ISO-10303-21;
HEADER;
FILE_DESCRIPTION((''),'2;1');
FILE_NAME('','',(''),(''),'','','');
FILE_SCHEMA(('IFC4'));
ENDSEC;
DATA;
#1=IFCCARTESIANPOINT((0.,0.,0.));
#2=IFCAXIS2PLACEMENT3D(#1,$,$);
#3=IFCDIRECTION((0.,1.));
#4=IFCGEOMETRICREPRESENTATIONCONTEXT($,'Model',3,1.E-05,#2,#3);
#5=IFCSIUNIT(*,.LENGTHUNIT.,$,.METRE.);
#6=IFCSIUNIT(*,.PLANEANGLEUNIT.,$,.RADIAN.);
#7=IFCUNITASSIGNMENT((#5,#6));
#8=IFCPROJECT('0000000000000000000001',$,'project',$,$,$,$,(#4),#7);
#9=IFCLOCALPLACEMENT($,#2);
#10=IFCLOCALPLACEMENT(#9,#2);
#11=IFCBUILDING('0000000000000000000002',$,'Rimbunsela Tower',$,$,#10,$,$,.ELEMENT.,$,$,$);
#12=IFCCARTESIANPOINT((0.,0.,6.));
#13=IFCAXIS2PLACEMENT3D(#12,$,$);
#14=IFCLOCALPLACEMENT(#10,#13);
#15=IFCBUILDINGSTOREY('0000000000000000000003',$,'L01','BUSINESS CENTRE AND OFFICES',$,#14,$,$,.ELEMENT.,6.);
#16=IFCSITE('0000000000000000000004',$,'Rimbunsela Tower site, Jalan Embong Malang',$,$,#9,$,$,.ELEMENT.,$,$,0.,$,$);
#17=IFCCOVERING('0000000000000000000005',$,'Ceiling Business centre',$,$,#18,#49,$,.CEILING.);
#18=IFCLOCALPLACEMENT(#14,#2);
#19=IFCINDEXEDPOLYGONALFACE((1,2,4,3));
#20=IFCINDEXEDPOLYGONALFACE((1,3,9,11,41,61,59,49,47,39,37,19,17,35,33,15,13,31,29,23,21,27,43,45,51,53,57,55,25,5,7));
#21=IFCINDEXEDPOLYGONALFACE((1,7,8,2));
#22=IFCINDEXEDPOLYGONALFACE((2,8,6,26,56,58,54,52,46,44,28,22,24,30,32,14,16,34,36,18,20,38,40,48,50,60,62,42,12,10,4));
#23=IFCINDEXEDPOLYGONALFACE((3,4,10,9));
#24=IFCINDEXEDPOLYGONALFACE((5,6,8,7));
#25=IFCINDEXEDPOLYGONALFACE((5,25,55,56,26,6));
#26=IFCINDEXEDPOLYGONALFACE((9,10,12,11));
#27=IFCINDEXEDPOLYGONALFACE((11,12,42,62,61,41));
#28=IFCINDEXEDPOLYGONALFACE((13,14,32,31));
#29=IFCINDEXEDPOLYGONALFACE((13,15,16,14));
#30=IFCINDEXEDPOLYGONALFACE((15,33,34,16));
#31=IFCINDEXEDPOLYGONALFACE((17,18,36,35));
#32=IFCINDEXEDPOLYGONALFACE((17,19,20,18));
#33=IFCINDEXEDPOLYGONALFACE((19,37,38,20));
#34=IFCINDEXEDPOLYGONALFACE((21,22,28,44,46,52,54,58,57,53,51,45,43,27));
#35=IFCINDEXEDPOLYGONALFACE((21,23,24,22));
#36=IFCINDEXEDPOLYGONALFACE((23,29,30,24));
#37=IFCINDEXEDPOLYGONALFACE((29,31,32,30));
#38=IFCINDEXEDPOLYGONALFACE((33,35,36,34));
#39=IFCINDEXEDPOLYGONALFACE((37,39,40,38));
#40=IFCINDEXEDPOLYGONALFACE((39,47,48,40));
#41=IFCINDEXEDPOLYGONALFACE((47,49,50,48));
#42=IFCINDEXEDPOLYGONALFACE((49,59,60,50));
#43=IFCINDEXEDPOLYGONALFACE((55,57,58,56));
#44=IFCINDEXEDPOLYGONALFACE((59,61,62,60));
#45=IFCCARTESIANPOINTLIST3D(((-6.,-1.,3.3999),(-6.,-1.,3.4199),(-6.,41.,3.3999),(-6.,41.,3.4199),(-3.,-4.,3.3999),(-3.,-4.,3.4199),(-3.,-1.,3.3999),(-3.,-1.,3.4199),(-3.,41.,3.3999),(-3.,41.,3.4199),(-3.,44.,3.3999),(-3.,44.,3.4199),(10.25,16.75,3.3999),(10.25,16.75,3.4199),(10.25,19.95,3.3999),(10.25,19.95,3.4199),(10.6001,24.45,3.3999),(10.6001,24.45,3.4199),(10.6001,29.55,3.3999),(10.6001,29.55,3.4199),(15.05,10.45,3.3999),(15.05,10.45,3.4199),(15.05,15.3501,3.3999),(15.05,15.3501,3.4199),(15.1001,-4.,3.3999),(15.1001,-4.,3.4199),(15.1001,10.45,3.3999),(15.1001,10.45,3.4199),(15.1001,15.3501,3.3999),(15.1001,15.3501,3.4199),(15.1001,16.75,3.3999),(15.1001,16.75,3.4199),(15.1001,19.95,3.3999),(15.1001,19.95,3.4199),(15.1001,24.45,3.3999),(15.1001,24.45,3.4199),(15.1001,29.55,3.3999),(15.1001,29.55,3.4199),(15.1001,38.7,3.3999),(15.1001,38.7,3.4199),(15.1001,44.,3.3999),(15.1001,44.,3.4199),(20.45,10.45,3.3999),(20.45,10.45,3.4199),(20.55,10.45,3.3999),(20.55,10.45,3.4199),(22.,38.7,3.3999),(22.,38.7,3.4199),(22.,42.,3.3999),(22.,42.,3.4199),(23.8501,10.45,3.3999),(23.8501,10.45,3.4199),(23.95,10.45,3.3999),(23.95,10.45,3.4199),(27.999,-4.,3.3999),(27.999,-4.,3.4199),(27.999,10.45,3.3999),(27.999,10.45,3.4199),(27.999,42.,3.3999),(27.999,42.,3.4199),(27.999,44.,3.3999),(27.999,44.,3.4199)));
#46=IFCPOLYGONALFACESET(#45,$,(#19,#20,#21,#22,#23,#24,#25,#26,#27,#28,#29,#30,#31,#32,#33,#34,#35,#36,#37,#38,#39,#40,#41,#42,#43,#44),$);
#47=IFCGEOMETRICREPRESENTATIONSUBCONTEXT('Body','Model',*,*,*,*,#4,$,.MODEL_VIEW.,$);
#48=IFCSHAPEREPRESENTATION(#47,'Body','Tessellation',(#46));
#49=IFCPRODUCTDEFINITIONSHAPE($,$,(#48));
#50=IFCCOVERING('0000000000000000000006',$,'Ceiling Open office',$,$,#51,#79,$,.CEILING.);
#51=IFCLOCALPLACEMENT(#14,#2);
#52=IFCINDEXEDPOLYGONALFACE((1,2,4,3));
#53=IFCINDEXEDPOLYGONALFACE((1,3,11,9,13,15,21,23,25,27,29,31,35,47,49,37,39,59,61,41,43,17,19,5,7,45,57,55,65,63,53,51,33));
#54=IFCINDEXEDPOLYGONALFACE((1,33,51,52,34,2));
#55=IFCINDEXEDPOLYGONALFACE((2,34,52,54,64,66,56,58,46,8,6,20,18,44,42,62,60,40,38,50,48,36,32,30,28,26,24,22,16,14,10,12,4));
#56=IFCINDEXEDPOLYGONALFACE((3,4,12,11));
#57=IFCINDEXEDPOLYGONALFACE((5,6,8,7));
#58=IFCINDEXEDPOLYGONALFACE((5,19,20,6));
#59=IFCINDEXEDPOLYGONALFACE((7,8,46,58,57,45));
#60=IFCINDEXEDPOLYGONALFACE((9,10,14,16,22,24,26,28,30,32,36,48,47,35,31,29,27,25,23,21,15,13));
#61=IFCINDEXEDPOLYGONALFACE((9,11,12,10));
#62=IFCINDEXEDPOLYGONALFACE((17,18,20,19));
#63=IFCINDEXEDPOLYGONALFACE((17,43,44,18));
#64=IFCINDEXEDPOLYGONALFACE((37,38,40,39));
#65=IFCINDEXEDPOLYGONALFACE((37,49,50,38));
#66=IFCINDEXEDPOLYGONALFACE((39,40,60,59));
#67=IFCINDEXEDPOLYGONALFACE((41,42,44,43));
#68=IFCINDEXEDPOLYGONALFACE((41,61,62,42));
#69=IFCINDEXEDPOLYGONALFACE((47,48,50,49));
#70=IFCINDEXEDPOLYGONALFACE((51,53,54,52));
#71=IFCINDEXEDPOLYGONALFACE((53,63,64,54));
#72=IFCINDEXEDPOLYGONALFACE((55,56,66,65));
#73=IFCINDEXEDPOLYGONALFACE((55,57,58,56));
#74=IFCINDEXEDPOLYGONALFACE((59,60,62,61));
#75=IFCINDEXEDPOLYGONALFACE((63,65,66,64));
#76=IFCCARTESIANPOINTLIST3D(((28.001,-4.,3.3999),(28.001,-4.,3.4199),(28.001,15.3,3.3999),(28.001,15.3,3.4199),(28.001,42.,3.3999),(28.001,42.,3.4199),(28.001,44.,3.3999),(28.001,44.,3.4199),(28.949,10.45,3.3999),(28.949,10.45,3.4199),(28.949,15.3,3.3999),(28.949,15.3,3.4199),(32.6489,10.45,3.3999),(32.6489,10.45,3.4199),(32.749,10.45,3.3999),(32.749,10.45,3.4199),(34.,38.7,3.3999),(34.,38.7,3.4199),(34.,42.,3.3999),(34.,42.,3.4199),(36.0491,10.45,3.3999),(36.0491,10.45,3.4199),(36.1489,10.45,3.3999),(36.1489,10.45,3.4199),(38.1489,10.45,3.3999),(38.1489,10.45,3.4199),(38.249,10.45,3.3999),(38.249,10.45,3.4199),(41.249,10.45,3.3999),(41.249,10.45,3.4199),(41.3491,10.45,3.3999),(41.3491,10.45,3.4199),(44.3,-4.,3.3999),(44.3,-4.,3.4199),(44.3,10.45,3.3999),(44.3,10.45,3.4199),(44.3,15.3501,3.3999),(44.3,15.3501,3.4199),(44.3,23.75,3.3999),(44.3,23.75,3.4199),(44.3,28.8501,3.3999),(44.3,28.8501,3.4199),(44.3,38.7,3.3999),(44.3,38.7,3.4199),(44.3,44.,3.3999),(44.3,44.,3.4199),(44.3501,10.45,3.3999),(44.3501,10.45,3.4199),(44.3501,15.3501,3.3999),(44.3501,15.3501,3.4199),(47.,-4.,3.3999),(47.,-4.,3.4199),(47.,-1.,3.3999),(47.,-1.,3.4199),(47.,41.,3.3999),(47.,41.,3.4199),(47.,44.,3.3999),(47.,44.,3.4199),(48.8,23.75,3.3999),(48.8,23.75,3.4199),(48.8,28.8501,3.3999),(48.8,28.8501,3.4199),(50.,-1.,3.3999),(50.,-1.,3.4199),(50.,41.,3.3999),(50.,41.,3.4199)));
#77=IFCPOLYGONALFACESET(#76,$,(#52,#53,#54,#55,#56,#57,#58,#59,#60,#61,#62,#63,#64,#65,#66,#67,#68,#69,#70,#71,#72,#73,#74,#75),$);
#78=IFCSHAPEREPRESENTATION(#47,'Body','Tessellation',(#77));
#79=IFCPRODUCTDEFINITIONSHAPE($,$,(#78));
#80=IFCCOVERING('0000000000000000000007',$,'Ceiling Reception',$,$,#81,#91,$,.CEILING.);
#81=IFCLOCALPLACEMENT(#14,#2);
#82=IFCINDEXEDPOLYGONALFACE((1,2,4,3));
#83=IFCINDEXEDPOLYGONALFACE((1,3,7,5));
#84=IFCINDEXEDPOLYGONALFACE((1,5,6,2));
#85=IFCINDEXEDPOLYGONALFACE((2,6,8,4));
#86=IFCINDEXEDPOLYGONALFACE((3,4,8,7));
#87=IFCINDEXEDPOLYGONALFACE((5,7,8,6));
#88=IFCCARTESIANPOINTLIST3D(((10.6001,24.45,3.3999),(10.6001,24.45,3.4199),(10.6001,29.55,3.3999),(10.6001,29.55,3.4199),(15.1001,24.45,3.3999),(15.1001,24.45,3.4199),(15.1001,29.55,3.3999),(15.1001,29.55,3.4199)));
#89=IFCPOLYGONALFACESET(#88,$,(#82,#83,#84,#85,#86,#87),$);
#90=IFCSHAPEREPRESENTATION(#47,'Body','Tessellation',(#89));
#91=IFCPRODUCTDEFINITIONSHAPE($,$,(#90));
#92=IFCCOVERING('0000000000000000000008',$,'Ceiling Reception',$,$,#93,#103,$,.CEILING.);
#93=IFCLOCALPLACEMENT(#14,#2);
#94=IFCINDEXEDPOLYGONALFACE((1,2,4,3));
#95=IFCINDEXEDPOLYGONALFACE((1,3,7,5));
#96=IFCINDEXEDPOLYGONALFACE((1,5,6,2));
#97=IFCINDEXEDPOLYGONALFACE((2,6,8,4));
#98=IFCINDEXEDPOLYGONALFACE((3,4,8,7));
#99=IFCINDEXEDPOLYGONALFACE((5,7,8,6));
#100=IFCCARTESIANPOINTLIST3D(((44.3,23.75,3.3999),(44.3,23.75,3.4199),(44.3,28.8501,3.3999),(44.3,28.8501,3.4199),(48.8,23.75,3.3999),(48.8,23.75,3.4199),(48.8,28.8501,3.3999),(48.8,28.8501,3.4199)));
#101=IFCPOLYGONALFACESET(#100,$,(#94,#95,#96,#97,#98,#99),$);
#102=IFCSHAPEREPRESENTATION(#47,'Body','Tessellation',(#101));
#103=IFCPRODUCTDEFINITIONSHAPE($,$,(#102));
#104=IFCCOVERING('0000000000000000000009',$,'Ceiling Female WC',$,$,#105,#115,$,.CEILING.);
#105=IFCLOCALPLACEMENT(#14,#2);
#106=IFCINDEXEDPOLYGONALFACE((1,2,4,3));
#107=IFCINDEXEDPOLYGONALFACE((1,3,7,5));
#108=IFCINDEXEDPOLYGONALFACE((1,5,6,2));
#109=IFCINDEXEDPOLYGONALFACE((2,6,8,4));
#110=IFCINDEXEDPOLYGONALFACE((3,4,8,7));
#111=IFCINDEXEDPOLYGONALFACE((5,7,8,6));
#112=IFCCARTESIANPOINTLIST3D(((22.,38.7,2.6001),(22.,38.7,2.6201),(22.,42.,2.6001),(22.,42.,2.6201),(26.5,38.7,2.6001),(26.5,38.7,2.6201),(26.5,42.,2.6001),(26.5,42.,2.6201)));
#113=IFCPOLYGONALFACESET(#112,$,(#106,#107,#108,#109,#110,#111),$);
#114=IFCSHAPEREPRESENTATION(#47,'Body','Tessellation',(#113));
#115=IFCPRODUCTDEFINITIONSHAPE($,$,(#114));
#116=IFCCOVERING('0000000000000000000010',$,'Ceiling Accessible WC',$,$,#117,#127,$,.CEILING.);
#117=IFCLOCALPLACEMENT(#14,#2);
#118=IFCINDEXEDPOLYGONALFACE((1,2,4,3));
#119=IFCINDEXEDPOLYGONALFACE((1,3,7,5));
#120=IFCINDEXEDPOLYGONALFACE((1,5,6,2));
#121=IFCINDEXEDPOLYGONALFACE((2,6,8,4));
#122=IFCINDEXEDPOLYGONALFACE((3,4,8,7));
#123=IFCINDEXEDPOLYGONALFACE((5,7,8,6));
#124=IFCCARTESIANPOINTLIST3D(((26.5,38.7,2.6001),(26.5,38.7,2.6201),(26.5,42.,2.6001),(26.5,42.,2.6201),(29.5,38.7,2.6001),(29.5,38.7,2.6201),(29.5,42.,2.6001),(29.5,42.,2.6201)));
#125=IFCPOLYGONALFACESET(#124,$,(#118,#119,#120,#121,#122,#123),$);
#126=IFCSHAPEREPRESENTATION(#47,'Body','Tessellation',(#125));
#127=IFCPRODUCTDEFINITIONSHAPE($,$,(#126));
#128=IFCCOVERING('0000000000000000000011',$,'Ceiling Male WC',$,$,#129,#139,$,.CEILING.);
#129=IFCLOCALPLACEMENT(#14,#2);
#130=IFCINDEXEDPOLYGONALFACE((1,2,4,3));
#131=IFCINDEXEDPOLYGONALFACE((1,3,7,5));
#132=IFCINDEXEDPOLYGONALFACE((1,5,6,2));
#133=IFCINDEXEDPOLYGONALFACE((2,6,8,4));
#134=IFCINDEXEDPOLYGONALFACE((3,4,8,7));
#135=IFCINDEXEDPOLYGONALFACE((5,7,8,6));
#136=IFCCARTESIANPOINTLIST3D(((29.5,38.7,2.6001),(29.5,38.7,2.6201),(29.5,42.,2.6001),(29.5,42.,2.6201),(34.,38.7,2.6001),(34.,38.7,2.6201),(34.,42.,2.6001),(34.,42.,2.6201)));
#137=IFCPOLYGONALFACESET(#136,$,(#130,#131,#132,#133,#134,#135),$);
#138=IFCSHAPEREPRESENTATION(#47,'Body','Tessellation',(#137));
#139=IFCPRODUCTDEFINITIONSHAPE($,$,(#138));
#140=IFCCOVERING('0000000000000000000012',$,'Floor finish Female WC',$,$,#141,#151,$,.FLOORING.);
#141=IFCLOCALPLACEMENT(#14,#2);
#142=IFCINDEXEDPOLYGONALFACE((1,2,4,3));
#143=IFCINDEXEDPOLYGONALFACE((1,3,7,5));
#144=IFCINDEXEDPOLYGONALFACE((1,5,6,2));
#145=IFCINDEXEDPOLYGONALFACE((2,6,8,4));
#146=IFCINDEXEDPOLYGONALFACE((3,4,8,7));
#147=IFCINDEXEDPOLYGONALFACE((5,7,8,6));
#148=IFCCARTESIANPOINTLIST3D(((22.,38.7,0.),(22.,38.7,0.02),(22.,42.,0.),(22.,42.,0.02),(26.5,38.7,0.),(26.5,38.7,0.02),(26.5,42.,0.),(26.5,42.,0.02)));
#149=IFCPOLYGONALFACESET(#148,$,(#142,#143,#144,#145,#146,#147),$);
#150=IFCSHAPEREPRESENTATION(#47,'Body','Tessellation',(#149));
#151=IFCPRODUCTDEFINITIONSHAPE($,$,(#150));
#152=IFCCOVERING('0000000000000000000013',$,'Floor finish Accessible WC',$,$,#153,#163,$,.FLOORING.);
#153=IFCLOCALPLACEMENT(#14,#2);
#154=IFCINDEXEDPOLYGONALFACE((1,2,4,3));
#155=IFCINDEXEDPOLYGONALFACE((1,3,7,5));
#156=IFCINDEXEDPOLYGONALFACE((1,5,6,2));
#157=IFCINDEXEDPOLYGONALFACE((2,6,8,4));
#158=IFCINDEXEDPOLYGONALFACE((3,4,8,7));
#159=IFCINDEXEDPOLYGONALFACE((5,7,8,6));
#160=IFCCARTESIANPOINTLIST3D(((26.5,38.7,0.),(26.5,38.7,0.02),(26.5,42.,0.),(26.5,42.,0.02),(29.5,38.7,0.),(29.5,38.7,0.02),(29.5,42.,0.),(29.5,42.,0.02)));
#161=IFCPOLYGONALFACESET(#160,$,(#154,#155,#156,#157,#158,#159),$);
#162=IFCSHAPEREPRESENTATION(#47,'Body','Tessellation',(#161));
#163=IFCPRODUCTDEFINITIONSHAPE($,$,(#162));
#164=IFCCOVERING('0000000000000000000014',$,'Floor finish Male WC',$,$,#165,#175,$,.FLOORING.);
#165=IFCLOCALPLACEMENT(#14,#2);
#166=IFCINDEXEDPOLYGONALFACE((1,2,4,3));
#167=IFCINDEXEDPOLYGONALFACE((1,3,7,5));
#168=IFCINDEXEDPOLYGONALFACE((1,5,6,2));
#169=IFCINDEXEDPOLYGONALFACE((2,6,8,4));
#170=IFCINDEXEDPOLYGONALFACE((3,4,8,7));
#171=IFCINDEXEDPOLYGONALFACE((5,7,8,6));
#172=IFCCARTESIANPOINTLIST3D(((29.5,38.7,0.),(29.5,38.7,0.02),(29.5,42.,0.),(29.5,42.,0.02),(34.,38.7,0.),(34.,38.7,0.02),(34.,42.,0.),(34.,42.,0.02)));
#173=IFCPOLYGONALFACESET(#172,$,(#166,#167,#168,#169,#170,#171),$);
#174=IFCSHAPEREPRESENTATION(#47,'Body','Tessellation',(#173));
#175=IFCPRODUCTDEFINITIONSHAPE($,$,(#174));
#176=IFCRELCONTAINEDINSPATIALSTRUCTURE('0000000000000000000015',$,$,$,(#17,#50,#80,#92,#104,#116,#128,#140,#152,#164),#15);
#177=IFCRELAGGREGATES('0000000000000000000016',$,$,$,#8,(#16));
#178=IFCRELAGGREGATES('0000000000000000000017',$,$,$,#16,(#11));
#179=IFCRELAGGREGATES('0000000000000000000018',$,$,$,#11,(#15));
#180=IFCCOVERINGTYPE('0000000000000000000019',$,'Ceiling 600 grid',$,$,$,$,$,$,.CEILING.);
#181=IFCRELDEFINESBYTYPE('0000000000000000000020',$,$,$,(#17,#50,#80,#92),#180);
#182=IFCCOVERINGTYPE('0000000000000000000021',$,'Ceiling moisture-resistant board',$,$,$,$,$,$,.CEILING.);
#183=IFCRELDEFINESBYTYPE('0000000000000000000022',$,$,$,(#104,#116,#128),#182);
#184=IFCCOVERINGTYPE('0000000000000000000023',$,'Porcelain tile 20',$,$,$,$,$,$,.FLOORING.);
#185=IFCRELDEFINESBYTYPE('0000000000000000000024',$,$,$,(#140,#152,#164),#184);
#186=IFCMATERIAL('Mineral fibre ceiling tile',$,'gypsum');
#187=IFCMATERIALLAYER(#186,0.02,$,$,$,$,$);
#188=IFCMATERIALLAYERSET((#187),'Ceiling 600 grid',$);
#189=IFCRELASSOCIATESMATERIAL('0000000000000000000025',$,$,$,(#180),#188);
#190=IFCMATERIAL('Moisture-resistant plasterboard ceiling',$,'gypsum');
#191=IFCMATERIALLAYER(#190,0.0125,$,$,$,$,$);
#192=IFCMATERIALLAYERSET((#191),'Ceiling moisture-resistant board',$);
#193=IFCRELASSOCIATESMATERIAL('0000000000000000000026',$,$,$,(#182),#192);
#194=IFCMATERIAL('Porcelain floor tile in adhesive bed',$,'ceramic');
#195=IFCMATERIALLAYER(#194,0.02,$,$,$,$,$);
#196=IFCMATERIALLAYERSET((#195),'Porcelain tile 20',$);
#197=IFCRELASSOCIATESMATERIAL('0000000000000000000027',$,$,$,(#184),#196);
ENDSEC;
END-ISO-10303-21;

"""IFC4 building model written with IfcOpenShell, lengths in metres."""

from ifc_helpers import new_model, si_unit, direction, frame, origin, place, context, subcontext, project, spatial, polyline, outline, extrude, material, layer, layer_set, type_object, element, save


model = new_model("IFC4")

# Units and contexts
model_context = context("Model", 3, precision=1e-05, world=origin(), true_north=direction((0.0, 1.0)))
body_context = subcontext(model_context, "Body", "Model", "MODEL_VIEW")
ifc_project = project(units=[si_unit("LENGTHUNIT", "METRE"), si_unit("PLANEANGLEUNIT", "RADIAN")], contexts=[model_context])

# Site, building, storey
site_placement = place(None, origin())
site = spatial("IfcSite", under=ifc_project, at=site_placement, Name="Rimbunsela Tower site, Jalan Embong Malang", CompositionType="ELEMENT", RefElevation=0.0)
building_placement = place(site_placement, origin())
building = spatial("IfcBuilding", under=site, at=building_placement, Name="Rimbunsela Tower", CompositionType="ELEMENT")
storey_placement = place(building_placement, frame((0.0, 0.0, 6.0)))
storey = spatial("IfcBuildingStorey", under=building, at=storey_placement, Name="L01", Description="BUSINESS CENTRE AND OFFICES", CompositionType="ELEMENT", Elevation=6.0)

# Coverings
ifc_material_1 = material(Name="Mineral fibre ceiling tile", Category="gypsum")
ifc_layer_1 = layer(ifc_material_1, 0.02)
ifc_layer_set_1 = layer_set([ifc_layer_1], Name="Ceiling 600 grid")
covering_type_1 = type_object("IfcCoveringType", Name="Ceiling 600 grid", PredefinedType="CEILING", material=ifc_layer_set_1)
covering_1_placement = place(storey_placement, frame((0.0, 0.0, 3.3999)))
element("IfcCovering", 1, at=covering_1_placement, inside=storey, type_object=covering_type_1, Name="Ceiling Business centre", PredefinedType="CEILING", context=body_context, shape_type="SweptSolid", body=[
    extrude(outline(polyline([(20.55, 10.45), (23.8501, 10.45), (23.95, 10.45), (27.999, 10.45), (27.999, -4.0), (15.1001, -4.0), (-3.0, -4.0), (-3.0, -1.0), (-6.0, -1.0), (-6.0, 41.0), (-3.0, 41.0), (-3.0, 44.0), (15.1001, 44.0), (27.999, 44.0), (27.999, 42.0), (22.0, 42.0), (22.0, 38.7), (15.1001, 38.7), (15.1001, 29.55), (10.6001, 29.55), (10.6001, 24.45), (15.1001, 24.45), (15.1001, 19.95), (10.25, 19.95), (10.25, 16.75), (15.1001, 16.75), (15.1001, 15.3501), (15.05, 15.3501), (15.05, 10.45), (15.1001, 10.45), (20.45, 10.45), (20.55, 10.45)])), origin(), (0.0, 0.0, 1.0), 0.02),
])
covering_2_placement = place(storey_placement, frame((0.0, 0.0, 3.3999)))
element("IfcCovering", 2, at=covering_2_placement, inside=storey, type_object=covering_type_1, Name="Ceiling Open office", PredefinedType="CEILING", context=body_context, shape_type="SweptSolid", body=[
    extrude(outline(polyline([(28.001, 15.3), (28.949, 15.3), (28.949, 10.45), (32.6489, 10.45), (32.749, 10.45), (36.0491, 10.45), (36.1489, 10.45), (38.1489, 10.45), (38.249, 10.45), (41.249, 10.45), (41.3491, 10.45), (44.3, 10.45), (44.3501, 10.45), (44.3501, 15.3501), (44.3, 15.3501), (44.3, 23.75), (48.8, 23.75), (48.8, 28.8501), (44.3, 28.8501), (44.3, 38.7), (34.0, 38.7), (34.0, 42.0), (28.001, 42.0), (28.001, 44.0), (44.3, 44.0), (47.0, 44.0), (47.0, 41.0), (50.0, 41.0), (50.0, -1.0), (47.0, -1.0), (47.0, -4.0), (44.3, -4.0), (28.001, -4.0), (28.001, 15.3)])), origin(), (0.0, 0.0, 1.0), 0.02),
])
covering_3_placement = place(storey_placement, frame((0.0, 0.0, 3.3999)))
element("IfcCovering", 3, at=covering_3_placement, inside=storey, type_object=covering_type_1, Name="Ceiling Reception", PredefinedType="CEILING", context=body_context, shape_type="SweptSolid", body=[
    extrude(outline(polyline([(15.1001, 24.45), (15.1001, 29.55), (10.6001, 29.55), (10.6001, 24.45), (15.1001, 24.45)])), origin(), (0.0, 0.0, 1.0), 0.02),
])
covering_4_placement = place(storey_placement, frame((0.0, 0.0, 3.3999)))
element("IfcCovering", 4, at=covering_4_placement, inside=storey, type_object=covering_type_1, Name="Ceiling Reception", PredefinedType="CEILING", context=body_context, shape_type="SweptSolid", body=[
    extrude(outline(polyline([(48.8, 23.75), (48.8, 28.8501), (44.3, 28.8501), (44.3, 23.75), (48.8, 23.75)])), origin(), (0.0, 0.0, 1.0), 0.02),
])
ifc_material_2 = material(Name="Moisture-resistant plasterboard ceiling", Category="gypsum")
ifc_layer_2 = layer(ifc_material_2, 0.0125)
ifc_layer_set_2 = layer_set([ifc_layer_2], Name="Ceiling moisture-resistant board")
covering_type_2 = type_object("IfcCoveringType", Name="Ceiling moisture-resistant board", PredefinedType="CEILING", material=ifc_layer_set_2)
covering_5_placement = place(storey_placement, frame((0.0, 0.0, 2.6001)))
element("IfcCovering", 5, at=covering_5_placement, inside=storey, type_object=covering_type_2, Name="Ceiling Female WC", PredefinedType="CEILING", context=body_context, shape_type="SweptSolid", body=[
    extrude(outline(polyline([(26.5, 38.7), (26.5, 42.0), (22.0, 42.0), (22.0, 38.7), (26.5, 38.7)])), origin(), (0.0, 0.0, 1.0), 0.02),
])
covering_6_placement = place(storey_placement, frame((0.0, 0.0, 2.6001)))
element("IfcCovering", 6, at=covering_6_placement, inside=storey, type_object=covering_type_2, Name="Ceiling Accessible WC", PredefinedType="CEILING", context=body_context, shape_type="SweptSolid", body=[
    extrude(outline(polyline([(29.5, 38.7), (29.5, 42.0), (26.5, 42.0), (26.5, 38.7), (29.5, 38.7)])), origin(), (0.0, 0.0, 1.0), 0.02),
])
covering_7_placement = place(storey_placement, frame((0.0, 0.0, 2.6001)))
element("IfcCovering", 7, at=covering_7_placement, inside=storey, type_object=covering_type_2, Name="Ceiling Male WC", PredefinedType="CEILING", context=body_context, shape_type="SweptSolid", body=[
    extrude(outline(polyline([(34.0, 38.7), (34.0, 42.0), (29.5, 42.0), (29.5, 38.7), (34.0, 38.7)])), origin(), (0.0, 0.0, 1.0), 0.02),
])
ifc_material_3 = material(Name="Porcelain floor tile in adhesive bed", Category="ceramic")
ifc_layer_3 = layer(ifc_material_3, 0.02)
ifc_layer_set_3 = layer_set([ifc_layer_3], Name="Porcelain tile 20")
covering_type_3 = type_object("IfcCoveringType", Name="Porcelain tile 20", PredefinedType="FLOORING", material=ifc_layer_set_3)
covering_8_placement = place(storey_placement, origin())
element("IfcCovering", 8, at=covering_8_placement, inside=storey, type_object=covering_type_3, Name="Floor finish Female WC", PredefinedType="FLOORING", context=body_context, shape_type="SweptSolid", body=[
    extrude(outline(polyline([(26.5, 38.7), (26.5, 42.0), (22.0, 42.0), (22.0, 38.7), (26.5, 38.7)])), origin(), (0.0, 0.0, 1.0), 0.02),
])
covering_9_placement = place(storey_placement, origin())
element("IfcCovering", 9, at=covering_9_placement, inside=storey, type_object=covering_type_3, Name="Floor finish Accessible WC", PredefinedType="FLOORING", context=body_context, shape_type="SweptSolid", body=[
    extrude(outline(polyline([(29.5, 38.7), (29.5, 42.0), (26.5, 42.0), (26.5, 38.7), (29.5, 38.7)])), origin(), (0.0, 0.0, 1.0), 0.02),
])
covering_10_placement = place(storey_placement, origin())
element("IfcCovering", 10, at=covering_10_placement, inside=storey, type_object=covering_type_3, Name="Floor finish Male WC", PredefinedType="FLOORING", context=body_context, shape_type="SweptSolid", body=[
    extrude(outline(polyline([(34.0, 38.7), (34.0, 42.0), (29.5, 42.0), (29.5, 38.7), (34.0, 38.7)])), origin(), (0.0, 0.0, 1.0), 0.02),
])

save(model, "model.ifc")
